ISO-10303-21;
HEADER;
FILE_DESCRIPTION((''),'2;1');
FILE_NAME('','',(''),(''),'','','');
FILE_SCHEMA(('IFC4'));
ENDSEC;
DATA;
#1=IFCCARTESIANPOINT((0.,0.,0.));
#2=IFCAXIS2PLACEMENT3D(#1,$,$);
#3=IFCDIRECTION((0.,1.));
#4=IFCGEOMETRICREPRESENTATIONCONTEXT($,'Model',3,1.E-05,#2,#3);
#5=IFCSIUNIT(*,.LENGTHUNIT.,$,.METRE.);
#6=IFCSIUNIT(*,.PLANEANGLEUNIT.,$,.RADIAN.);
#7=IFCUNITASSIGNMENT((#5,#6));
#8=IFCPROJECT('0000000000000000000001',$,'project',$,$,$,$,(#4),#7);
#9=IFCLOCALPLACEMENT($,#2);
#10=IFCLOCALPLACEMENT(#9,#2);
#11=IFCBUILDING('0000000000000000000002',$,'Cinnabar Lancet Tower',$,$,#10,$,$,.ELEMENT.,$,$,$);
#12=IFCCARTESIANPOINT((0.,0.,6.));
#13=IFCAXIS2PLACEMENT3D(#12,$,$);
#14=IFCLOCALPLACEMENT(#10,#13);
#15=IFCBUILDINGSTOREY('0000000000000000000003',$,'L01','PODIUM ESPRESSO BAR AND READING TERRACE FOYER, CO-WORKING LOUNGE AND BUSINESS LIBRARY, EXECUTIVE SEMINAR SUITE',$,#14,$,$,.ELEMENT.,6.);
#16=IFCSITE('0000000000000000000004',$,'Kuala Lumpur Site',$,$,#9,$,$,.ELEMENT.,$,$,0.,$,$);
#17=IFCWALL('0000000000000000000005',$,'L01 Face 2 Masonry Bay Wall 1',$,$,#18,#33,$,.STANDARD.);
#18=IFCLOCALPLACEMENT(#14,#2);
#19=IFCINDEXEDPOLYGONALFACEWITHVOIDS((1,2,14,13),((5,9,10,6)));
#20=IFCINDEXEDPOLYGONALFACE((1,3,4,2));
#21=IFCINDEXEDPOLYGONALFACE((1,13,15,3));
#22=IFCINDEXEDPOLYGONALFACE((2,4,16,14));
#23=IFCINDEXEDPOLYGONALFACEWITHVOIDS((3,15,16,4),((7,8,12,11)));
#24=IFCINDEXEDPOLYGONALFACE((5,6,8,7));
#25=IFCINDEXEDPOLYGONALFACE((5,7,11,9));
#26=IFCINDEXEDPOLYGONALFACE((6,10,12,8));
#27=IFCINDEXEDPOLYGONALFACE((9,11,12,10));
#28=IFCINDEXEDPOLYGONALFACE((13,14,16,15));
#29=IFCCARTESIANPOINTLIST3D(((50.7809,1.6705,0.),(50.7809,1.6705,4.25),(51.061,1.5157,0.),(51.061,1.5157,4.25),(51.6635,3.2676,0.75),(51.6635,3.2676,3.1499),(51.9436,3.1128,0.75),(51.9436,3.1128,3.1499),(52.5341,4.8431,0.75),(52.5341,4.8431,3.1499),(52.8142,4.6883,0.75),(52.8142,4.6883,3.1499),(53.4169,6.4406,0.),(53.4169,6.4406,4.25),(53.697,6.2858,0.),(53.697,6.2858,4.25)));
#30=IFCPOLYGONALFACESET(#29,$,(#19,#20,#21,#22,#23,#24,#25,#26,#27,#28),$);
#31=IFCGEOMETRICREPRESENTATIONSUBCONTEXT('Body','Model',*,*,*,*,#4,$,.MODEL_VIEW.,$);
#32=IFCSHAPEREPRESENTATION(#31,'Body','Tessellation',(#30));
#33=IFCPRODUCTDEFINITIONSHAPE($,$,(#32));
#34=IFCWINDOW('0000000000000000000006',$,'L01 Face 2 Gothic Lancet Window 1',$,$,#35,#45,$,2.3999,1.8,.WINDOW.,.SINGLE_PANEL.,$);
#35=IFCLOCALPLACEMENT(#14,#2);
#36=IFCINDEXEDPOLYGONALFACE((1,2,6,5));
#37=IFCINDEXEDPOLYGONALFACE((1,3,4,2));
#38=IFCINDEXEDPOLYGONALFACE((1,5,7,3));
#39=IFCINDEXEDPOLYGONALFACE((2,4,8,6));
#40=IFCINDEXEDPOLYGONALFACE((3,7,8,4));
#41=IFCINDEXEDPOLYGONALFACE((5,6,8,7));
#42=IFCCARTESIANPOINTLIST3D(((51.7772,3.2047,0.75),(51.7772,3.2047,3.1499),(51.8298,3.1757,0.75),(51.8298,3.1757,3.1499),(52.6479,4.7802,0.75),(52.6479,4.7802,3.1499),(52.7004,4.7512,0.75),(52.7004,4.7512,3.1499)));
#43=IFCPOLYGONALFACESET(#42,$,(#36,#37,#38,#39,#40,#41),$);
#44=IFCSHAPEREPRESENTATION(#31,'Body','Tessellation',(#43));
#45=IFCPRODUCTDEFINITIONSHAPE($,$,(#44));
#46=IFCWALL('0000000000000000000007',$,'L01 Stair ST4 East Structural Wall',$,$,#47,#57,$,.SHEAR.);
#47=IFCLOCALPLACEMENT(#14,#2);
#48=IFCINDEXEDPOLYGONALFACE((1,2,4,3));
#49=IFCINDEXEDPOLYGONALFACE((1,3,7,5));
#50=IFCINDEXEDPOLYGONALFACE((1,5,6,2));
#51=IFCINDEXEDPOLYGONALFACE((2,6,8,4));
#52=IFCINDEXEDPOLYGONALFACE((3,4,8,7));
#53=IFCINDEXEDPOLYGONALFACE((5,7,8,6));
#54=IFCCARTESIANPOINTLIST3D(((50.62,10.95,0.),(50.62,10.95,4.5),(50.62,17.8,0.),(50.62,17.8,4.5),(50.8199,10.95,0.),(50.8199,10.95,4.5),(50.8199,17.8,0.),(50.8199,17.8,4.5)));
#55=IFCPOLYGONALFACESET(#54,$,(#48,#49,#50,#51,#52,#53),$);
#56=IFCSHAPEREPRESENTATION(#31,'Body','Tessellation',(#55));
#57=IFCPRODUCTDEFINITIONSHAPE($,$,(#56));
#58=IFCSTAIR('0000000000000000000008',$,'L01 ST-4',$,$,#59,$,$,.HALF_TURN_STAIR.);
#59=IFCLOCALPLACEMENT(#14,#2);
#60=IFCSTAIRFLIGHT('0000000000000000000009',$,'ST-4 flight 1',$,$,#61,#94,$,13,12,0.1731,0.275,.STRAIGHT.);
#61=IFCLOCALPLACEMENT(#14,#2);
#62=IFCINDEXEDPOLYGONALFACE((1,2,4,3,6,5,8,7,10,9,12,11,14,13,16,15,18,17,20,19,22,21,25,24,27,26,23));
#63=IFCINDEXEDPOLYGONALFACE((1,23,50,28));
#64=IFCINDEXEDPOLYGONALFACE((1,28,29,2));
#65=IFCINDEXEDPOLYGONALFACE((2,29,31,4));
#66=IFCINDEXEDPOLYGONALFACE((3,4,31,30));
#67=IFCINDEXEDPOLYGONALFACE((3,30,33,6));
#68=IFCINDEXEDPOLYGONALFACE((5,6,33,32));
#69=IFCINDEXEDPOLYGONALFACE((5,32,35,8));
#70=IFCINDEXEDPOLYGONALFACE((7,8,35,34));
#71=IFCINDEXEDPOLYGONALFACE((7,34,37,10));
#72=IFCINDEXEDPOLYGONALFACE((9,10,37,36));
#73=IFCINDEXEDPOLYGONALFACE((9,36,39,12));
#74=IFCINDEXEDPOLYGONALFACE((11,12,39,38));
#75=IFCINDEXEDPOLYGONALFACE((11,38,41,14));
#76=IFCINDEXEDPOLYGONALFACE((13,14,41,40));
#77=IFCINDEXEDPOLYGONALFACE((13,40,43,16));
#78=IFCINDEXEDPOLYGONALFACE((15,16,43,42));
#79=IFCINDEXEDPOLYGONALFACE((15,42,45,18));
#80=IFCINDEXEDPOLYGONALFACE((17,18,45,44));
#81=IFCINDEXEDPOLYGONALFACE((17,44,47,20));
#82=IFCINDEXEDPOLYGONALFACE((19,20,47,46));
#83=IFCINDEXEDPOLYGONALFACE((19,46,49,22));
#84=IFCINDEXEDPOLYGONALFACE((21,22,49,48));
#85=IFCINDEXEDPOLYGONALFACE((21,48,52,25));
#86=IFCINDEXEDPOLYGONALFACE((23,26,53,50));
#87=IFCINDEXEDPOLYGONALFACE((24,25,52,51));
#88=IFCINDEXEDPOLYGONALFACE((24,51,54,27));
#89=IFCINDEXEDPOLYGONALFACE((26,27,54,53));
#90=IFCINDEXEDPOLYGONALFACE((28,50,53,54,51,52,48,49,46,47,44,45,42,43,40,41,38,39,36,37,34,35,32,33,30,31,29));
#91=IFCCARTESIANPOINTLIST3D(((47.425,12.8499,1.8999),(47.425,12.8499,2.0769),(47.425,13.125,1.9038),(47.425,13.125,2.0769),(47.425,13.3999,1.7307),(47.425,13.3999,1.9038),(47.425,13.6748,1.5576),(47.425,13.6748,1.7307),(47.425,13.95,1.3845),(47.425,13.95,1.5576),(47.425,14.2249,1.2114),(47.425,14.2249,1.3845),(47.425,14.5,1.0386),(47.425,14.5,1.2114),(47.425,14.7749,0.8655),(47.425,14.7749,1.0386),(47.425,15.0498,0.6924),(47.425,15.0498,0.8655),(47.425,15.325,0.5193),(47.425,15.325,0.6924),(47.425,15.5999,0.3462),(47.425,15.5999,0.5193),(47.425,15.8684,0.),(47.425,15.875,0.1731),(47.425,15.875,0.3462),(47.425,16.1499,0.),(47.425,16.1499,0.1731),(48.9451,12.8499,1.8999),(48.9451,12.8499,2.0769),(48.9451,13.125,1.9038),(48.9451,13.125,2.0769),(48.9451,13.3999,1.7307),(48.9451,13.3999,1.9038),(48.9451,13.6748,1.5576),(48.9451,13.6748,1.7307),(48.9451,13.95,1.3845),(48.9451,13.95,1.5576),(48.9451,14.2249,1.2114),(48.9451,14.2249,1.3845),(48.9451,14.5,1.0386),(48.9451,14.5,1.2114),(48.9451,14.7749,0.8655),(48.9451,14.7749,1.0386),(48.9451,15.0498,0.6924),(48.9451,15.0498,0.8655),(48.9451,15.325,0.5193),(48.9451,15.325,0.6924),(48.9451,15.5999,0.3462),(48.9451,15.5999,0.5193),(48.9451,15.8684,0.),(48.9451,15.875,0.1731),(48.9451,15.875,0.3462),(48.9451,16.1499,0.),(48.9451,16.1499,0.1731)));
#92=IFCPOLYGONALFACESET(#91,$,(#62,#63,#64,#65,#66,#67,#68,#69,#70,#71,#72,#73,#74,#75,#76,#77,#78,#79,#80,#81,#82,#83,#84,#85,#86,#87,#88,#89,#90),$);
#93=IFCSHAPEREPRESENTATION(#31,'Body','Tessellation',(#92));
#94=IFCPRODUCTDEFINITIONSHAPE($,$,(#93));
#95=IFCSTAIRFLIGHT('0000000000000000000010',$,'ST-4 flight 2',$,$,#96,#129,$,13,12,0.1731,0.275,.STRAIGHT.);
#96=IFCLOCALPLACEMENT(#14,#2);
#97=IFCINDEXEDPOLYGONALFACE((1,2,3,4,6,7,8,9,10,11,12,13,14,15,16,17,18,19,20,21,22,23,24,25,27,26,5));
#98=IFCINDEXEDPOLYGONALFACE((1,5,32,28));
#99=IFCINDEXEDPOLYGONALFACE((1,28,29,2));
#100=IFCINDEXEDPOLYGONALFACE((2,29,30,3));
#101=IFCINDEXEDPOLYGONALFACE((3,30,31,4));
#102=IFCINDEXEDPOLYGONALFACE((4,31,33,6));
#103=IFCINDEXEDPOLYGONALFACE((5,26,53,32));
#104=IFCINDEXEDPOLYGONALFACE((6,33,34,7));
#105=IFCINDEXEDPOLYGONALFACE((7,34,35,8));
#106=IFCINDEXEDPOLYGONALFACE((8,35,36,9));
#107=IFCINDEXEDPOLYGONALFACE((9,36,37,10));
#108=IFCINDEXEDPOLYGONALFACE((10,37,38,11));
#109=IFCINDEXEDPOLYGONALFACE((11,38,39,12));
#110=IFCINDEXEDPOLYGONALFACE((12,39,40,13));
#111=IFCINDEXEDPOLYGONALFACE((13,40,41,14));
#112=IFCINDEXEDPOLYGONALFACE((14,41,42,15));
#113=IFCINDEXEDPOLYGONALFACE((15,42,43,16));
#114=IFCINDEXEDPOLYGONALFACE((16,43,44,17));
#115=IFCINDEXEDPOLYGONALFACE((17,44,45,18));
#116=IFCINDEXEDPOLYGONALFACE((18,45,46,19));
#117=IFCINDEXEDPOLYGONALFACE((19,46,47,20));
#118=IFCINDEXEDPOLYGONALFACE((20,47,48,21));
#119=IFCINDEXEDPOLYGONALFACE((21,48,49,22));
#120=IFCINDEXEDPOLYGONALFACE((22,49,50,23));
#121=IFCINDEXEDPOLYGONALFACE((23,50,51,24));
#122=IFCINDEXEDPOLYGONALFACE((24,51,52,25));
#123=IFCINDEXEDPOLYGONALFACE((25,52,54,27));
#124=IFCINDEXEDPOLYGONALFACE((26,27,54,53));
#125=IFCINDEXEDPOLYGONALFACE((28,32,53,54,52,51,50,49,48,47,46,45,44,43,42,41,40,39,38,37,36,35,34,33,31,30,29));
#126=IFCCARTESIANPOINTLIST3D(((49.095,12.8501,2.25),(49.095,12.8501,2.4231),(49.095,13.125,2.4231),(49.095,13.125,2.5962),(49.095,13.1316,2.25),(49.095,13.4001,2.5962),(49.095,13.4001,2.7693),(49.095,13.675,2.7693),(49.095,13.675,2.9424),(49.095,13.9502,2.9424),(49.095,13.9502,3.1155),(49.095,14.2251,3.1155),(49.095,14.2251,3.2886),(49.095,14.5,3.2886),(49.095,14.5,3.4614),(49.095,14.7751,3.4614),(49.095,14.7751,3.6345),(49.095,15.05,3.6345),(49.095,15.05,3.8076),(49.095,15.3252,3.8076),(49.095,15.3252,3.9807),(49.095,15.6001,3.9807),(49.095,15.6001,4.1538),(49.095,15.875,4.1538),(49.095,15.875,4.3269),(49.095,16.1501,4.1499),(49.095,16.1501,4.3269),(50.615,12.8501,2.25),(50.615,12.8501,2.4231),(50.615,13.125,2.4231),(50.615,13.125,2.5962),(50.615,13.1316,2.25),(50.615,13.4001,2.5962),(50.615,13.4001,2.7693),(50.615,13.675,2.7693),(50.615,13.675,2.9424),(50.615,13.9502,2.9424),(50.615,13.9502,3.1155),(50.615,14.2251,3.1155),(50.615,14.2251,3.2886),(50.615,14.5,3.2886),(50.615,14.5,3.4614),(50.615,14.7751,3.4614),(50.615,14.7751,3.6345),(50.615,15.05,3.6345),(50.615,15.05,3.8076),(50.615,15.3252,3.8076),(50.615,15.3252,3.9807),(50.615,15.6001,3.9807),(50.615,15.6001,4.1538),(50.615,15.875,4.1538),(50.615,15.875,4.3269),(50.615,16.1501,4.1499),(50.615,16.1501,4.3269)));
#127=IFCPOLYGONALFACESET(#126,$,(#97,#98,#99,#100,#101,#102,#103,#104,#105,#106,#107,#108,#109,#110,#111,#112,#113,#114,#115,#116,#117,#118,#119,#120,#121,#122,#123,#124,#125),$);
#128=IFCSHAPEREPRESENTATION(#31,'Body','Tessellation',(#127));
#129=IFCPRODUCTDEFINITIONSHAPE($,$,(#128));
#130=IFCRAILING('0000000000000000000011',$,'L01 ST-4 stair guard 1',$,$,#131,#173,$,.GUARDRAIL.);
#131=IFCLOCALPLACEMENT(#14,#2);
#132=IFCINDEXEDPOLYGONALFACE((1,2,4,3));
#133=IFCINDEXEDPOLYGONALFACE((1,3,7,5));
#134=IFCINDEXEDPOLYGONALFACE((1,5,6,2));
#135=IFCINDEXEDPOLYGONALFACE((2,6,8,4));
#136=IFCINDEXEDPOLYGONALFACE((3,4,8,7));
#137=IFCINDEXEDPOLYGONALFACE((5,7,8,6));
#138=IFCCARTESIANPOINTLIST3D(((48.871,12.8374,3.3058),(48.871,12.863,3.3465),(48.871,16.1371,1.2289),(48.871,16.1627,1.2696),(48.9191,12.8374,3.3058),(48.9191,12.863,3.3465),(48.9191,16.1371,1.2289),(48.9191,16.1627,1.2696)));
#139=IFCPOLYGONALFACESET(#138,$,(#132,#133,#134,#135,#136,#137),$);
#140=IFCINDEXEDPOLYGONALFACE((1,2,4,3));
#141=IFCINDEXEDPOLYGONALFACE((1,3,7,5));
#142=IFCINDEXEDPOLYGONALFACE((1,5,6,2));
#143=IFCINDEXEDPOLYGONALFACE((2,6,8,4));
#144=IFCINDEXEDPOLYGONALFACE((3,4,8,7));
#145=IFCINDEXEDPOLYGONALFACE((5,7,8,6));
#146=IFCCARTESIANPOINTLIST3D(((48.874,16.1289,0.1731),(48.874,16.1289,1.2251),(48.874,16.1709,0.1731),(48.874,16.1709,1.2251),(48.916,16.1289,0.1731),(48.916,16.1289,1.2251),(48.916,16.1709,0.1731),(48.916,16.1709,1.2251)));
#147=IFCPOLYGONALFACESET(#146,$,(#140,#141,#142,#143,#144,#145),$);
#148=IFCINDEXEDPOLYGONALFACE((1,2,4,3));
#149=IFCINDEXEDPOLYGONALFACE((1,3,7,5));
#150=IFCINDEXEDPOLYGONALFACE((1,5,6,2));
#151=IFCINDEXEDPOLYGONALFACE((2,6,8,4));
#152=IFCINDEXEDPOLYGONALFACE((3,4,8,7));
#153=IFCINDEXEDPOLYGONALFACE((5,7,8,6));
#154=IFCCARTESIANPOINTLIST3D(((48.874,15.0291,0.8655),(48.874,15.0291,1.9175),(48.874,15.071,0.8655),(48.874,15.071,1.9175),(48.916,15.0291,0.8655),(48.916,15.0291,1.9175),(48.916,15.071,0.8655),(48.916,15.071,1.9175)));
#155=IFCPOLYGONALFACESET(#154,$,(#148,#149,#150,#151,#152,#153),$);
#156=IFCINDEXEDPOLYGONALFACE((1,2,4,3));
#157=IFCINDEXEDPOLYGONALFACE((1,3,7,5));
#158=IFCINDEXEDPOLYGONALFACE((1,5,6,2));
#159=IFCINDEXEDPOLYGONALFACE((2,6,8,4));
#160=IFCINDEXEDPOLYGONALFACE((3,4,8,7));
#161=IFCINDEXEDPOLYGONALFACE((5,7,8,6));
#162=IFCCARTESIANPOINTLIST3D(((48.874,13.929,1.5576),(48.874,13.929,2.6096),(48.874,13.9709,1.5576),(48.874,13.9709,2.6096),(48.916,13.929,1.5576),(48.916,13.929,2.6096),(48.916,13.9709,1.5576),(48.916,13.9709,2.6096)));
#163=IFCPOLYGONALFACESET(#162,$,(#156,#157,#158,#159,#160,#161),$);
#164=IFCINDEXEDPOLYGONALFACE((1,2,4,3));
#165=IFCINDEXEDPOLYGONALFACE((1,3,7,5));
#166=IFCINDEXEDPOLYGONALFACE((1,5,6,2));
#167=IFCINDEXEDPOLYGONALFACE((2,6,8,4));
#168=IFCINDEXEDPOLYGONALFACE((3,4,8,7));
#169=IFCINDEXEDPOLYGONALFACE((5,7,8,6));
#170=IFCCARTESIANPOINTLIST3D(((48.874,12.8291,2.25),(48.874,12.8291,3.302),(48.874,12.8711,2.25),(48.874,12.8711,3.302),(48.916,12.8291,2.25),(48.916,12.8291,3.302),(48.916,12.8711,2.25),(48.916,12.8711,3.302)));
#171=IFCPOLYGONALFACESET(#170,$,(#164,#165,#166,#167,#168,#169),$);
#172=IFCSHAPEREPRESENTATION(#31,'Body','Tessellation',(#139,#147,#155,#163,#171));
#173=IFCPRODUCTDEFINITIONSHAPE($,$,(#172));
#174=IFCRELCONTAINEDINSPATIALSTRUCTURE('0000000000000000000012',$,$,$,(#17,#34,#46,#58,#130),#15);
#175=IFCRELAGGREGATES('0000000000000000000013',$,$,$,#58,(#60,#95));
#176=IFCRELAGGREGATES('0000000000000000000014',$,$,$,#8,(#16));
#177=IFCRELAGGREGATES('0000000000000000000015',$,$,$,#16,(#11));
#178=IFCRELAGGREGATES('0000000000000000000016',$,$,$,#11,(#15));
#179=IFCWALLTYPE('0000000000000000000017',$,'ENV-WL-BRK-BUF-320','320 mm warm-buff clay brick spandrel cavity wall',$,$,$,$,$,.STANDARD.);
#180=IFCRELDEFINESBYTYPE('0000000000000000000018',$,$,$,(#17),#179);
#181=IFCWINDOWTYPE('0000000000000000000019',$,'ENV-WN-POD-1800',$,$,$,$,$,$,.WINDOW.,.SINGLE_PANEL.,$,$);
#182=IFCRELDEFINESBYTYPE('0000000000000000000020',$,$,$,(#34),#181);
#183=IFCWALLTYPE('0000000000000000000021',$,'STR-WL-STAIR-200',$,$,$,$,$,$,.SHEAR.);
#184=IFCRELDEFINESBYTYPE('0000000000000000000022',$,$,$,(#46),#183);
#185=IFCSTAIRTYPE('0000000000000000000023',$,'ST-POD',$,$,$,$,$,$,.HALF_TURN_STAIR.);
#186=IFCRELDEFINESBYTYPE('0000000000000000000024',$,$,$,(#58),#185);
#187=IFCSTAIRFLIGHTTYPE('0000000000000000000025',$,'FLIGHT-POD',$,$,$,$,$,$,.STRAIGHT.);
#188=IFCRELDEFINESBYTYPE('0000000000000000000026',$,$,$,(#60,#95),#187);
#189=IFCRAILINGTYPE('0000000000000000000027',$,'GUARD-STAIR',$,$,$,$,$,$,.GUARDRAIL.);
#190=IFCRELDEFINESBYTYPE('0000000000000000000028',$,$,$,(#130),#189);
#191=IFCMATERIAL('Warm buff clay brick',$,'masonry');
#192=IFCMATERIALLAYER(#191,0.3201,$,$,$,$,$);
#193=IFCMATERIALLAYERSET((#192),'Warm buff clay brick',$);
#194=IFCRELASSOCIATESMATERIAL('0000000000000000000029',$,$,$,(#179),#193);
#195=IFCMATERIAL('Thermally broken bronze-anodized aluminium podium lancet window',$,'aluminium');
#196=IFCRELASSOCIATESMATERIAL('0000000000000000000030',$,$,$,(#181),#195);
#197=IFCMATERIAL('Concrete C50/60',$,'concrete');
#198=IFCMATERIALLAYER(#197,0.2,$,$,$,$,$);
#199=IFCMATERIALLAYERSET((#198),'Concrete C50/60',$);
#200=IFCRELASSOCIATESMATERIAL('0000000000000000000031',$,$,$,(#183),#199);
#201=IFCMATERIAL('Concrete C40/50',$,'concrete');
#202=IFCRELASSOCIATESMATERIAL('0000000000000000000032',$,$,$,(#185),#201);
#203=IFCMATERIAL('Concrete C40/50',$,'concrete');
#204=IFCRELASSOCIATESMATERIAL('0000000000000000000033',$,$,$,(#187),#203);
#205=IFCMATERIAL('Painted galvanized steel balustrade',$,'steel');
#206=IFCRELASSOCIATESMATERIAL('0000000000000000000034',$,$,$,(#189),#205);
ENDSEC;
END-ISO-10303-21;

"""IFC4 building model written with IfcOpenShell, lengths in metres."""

from ifc_helpers import new_model, si_unit, direction, frame, frame_2d, origin, origin_2d, place, context, subcontext, project, spatial, polyline, rectangle, outline, extrude, material, layer, layer_set, type_object, element, fill, aggregate, save


model = new_model("IFC4")

# Units and contexts
model_context = context("Model", 3, precision=1e-05, world=origin(), true_north=direction((0.0, 1.0)))
body_context = subcontext(model_context, "Body", "Model", "MODEL_VIEW")
ifc_project = project(units=[si_unit("LENGTHUNIT", "METRE"), si_unit("PLANEANGLEUNIT", "RADIAN")], contexts=[model_context])

# Site, building, storey
site_placement = place(None, origin())
site = spatial("IfcSite", under=ifc_project, at=site_placement, Name="Kuala Lumpur Site", CompositionType="ELEMENT", RefElevation=0.0)
building_placement = place(site_placement, origin())
building = spatial("IfcBuilding", under=site, at=building_placement, Name="Cinnabar Lancet Tower", CompositionType="ELEMENT")
storey_placement = place(building_placement, frame((0.0, 0.0, 6.0)))
storey = spatial("IfcBuildingStorey", under=building, at=storey_placement, Name="L01", Description="PODIUM ESPRESSO BAR AND READING TERRACE FOYER, CO-WORKING LOUNGE AND BUSINESS LIBRARY, EXECUTIVE SEMINAR SUITE", CompositionType="ELEMENT", Elevation=6.0)

# Shared definitions
ifc_material_1 = material(Name="Warm buff clay brick", Category="masonry")
ifc_layer_1 = layer(ifc_material_1, 0.3201)
ifc_layer_set_1 = layer_set([ifc_layer_1], Name="Warm buff clay brick")
wall_type_1 = type_object("IfcWallType", Name="ENV-WL-BRK-BUF-320", Description="320 mm warm-buff clay brick spandrel cavity wall", PredefinedType="STANDARD", material=ifc_layer_set_1)

# Wall, opening, window
wall_1_placement = place(storey_placement, frame((50.9209, 1.593, 0.0), z_axis=(0.0, 0.0, 1.0), x_axis=(0.483675, 0.875248, 0.0)))
wall_1 = element("IfcWall", 1, at=wall_1_placement, inside=storey, type_object=wall_type_1, Name="L01 Face 2 Masonry Bay Wall 1", PredefinedType="STANDARD", context=body_context, shape_type="SweptSolid", body=[
    extrude(rectangle(XDim=5.45, YDim=0.3201, at=frame_2d((2.7251, 0.0))), origin(), (0.0, 0.0, 1.0), 4.25),
])
opening_1_placement = place(wall_1_placement, frame((1.825, 0.0, 0.75)))
opening_1 = element("IfcOpeningElement", 2, at=opening_1_placement, cuts=wall_1, PredefinedType="OPENING", context=body_context, shape_type="SweptSolid", body=[
    extrude(rectangle(XDim=1.8, YDim=2.3999, at=frame_2d((0.8999, 1.2))), frame((0.0, 0.1699, 0.0), z_axis=(0.0, -1.0, 0.0), x_axis=(1.0, 0.0, 0.0)), (0.0, 0.0, 1.0), 0.3401),
])
ifc_material_2 = material(Name="Thermally broken bronze-anodized aluminium podium lancet window", Category="aluminium")
window_type = type_object("IfcWindowType", Name="ENV-WN-POD-1800", PartitioningType="SINGLE_PANEL", PredefinedType="WINDOW", material=ifc_material_2)
window_placement = place(opening_1_placement, origin())
window = element("IfcWindow", 3, at=window_placement, inside=storey, type_object=window_type, Name="L01 Face 2 Gothic Lancet Window 1", OverallHeight=2.3999, OverallWidth=1.8, PartitioningType="SINGLE_PANEL", PredefinedType="WINDOW", context=body_context, shape_type="SweptSolid", body=[
    extrude(rectangle(XDim=1.8, YDim=2.3999, at=frame_2d((0.8999, 1.2))), frame((0.0, 0.03, 0.0), z_axis=(0.0, -1.0, 0.0), x_axis=(1.0, 0.0, 0.0)), (0.0, 0.0, 1.0), 0.0601),
])
fill(opening_1, window)

# Wall
ifc_material_3 = material(Name="Concrete C50/60", Category="concrete")
ifc_layer_2 = layer(ifc_material_3, 0.2)
ifc_layer_set_2 = layer_set([ifc_layer_2], Name="Concrete C50/60")
wall_type_2 = type_object("IfcWallType", Name="STR-WL-STAIR-200", PredefinedType="SHEAR", material=ifc_layer_set_2)
wall_2_placement = place(storey_placement, frame((50.72, 10.95, 0.0), z_axis=(0.0, 0.0, 1.0), x_axis=(0.0, 1.0, 0.0)))
element("IfcWall", 4, at=wall_2_placement, inside=storey, type_object=wall_type_2, Name="L01 Stair ST4 East Structural Wall", PredefinedType="SHEAR", context=body_context, shape_type="SweptSolid", body=[
    extrude(rectangle(XDim=6.8501, YDim=0.2, at=frame_2d((3.425, 0.0))), origin(), (0.0, 0.0, 1.0), 4.5),
])

# Stair, stair flights
ifc_material_4 = material(Name="Concrete C40/50", Category="concrete")
stair_type = type_object("IfcStairType", Name="ST-POD", PredefinedType="HALF_TURN_STAIR", material=ifc_material_4)
stair_placement = place(storey_placement, origin())
stair = element("IfcStair", 5, at=stair_placement, inside=storey, type_object=stair_type, Name="L01 ST-4", PredefinedType="HALF_TURN_STAIR")
ifc_material_5 = material(Name="Concrete C40/50", Category="concrete")
stair_flight_type = type_object("IfcStairFlightType", Name="FLIGHT-POD", PredefinedType="STRAIGHT", material=ifc_material_5)
stair_flight_1_placement = place(storey_placement, frame((48.1851, 16.1499, 0.0), z_axis=(0.0, 0.0, 1.0), x_axis=(0.0, -1.0, 0.0)))
stair_flight_1 = element("IfcStairFlight", 6, at=stair_flight_1_placement, type_object=stair_flight_type, Name="ST-4 flight 1", NumberOfRisers=13, NumberOfTreads=12, PredefinedType="STRAIGHT", RiserHeight=0.1731, TreadLength=0.275, context=body_context, shape_type="SweptSolid", body=[
    extrude(outline(polyline([(0.0, 0.0), (0.0, 0.1731), (0.2749, 0.1731), (0.2749, 0.3462), (0.55, 0.3462), (0.55, 0.5193), (0.825, 0.5193), (0.825, 0.6924), (1.1001, 0.6924), (1.1001, 0.8655), (1.375, 0.8655), (1.375, 1.0386), (1.6499, 1.0386), (1.6499, 1.2114), (1.925, 1.2114), (1.925, 1.3845), (2.2, 1.3845), (2.2, 1.5576), (2.4751, 1.5576), (2.4751, 1.7307), (2.75, 1.7307), (2.75, 1.9038), (3.0249, 1.9038), (3.0249, 2.0769), (3.3, 2.0769), (3.3, 2.25), (3.3, 1.8999), (0.2815, 0.0), (0.0, 0.0)])), frame((0.0, 0.76, 0.0), z_axis=(0.0, -1.0, 0.0), x_axis=(1.0, 0.0, 0.0)), (0.0, 0.0, 1.0), 1.52),
])
stair_flight_2_placement = place(storey_placement, frame((49.855, 12.8501, 2.25), z_axis=(0.0, 0.0, 1.0), x_axis=(0.0, 1.0, 0.0)))
stair_flight_2 = element("IfcStairFlight", 7, at=stair_flight_2_placement, type_object=stair_flight_type, Name="ST-4 flight 2", NumberOfRisers=13, NumberOfTreads=12, PredefinedType="STRAIGHT", RiserHeight=0.1731, TreadLength=0.275, context=body_context, shape_type="SweptSolid", body=[
    extrude(outline(polyline([(0.0, 0.0), (0.0, 0.1731), (0.2749, 0.1731), (0.2749, 0.3462), (0.55, 0.3462), (0.55, 0.5193), (0.825, 0.5193), (0.825, 0.6924), (1.1001, 0.6924), (1.1001, 0.8655), (1.375, 0.8655), (1.375, 1.0386), (1.6499, 1.0386), (1.6499, 1.2114), (1.925, 1.2114), (1.925, 1.3845), (2.2, 1.3845), (2.2, 1.5576), (2.4751, 1.5576), (2.4751, 1.7307), (2.75, 1.7307), (2.75, 1.9038), (3.0249, 1.9038), (3.0249, 2.0769), (3.3, 2.0769), (3.3, 2.25), (3.3, 1.8999), (0.2815, 0.0), (0.0, 0.0)])), frame((0.0, 0.76, 0.0), z_axis=(0.0, -1.0, 0.0), x_axis=(1.0, 0.0, 0.0)), (0.0, 0.0, 1.0), 1.52),
])
aggregate(stair, [stair_flight_1, stair_flight_2])

# Railing
ifc_material_6 = material(Name="Painted galvanized steel balustrade", Category="steel")
railing_type_1 = type_object("IfcRailingType", Name="GUARD-STAIR", PredefinedType="GUARDRAIL", material=ifc_material_6)
railing_1_placement = place(storey_placement, frame((48.895, 16.1499, 0.1731)))
element("IfcRailing", 8, at=railing_1_placement, inside=storey, type_object=railing_type_1, Name="L01 ST-4 stair guard 1", PredefinedType="GUARDRAIL", context=body_context, shape_type="SweptSolid", body=[
    extrude(rectangle(XDim=0.0481, YDim=0.0481, at=origin_2d()), frame((0.0, 0.0, 1.0762), z_axis=(0.0, -0.84632, 0.532675), x_axis=(1.0, 0.0, 0.0)), (0.0, 0.0, 1.0), 3.8989),
    extrude(rectangle(XDim=0.042, YDim=0.042, at=origin_2d()), origin(), (0.0, 0.0, 1.0), 1.052),
    extrude(rectangle(XDim=0.042, YDim=0.042, at=origin_2d()), frame((0.0, -1.0999, 0.6924)), (0.0, 0.0, 1.0), 1.052),
    extrude(rectangle(XDim=0.042, YDim=0.042, at=origin_2d()), frame((0.0, -2.2, 1.3845)), (0.0, 0.0, 1.0), 1.052),
    extrude(rectangle(XDim=0.042, YDim=0.042, at=origin_2d()), frame((0.0, -3.2998, 2.0769)), (0.0, 0.0, 1.0), 1.052),
])

save(model, "model.ifc")
